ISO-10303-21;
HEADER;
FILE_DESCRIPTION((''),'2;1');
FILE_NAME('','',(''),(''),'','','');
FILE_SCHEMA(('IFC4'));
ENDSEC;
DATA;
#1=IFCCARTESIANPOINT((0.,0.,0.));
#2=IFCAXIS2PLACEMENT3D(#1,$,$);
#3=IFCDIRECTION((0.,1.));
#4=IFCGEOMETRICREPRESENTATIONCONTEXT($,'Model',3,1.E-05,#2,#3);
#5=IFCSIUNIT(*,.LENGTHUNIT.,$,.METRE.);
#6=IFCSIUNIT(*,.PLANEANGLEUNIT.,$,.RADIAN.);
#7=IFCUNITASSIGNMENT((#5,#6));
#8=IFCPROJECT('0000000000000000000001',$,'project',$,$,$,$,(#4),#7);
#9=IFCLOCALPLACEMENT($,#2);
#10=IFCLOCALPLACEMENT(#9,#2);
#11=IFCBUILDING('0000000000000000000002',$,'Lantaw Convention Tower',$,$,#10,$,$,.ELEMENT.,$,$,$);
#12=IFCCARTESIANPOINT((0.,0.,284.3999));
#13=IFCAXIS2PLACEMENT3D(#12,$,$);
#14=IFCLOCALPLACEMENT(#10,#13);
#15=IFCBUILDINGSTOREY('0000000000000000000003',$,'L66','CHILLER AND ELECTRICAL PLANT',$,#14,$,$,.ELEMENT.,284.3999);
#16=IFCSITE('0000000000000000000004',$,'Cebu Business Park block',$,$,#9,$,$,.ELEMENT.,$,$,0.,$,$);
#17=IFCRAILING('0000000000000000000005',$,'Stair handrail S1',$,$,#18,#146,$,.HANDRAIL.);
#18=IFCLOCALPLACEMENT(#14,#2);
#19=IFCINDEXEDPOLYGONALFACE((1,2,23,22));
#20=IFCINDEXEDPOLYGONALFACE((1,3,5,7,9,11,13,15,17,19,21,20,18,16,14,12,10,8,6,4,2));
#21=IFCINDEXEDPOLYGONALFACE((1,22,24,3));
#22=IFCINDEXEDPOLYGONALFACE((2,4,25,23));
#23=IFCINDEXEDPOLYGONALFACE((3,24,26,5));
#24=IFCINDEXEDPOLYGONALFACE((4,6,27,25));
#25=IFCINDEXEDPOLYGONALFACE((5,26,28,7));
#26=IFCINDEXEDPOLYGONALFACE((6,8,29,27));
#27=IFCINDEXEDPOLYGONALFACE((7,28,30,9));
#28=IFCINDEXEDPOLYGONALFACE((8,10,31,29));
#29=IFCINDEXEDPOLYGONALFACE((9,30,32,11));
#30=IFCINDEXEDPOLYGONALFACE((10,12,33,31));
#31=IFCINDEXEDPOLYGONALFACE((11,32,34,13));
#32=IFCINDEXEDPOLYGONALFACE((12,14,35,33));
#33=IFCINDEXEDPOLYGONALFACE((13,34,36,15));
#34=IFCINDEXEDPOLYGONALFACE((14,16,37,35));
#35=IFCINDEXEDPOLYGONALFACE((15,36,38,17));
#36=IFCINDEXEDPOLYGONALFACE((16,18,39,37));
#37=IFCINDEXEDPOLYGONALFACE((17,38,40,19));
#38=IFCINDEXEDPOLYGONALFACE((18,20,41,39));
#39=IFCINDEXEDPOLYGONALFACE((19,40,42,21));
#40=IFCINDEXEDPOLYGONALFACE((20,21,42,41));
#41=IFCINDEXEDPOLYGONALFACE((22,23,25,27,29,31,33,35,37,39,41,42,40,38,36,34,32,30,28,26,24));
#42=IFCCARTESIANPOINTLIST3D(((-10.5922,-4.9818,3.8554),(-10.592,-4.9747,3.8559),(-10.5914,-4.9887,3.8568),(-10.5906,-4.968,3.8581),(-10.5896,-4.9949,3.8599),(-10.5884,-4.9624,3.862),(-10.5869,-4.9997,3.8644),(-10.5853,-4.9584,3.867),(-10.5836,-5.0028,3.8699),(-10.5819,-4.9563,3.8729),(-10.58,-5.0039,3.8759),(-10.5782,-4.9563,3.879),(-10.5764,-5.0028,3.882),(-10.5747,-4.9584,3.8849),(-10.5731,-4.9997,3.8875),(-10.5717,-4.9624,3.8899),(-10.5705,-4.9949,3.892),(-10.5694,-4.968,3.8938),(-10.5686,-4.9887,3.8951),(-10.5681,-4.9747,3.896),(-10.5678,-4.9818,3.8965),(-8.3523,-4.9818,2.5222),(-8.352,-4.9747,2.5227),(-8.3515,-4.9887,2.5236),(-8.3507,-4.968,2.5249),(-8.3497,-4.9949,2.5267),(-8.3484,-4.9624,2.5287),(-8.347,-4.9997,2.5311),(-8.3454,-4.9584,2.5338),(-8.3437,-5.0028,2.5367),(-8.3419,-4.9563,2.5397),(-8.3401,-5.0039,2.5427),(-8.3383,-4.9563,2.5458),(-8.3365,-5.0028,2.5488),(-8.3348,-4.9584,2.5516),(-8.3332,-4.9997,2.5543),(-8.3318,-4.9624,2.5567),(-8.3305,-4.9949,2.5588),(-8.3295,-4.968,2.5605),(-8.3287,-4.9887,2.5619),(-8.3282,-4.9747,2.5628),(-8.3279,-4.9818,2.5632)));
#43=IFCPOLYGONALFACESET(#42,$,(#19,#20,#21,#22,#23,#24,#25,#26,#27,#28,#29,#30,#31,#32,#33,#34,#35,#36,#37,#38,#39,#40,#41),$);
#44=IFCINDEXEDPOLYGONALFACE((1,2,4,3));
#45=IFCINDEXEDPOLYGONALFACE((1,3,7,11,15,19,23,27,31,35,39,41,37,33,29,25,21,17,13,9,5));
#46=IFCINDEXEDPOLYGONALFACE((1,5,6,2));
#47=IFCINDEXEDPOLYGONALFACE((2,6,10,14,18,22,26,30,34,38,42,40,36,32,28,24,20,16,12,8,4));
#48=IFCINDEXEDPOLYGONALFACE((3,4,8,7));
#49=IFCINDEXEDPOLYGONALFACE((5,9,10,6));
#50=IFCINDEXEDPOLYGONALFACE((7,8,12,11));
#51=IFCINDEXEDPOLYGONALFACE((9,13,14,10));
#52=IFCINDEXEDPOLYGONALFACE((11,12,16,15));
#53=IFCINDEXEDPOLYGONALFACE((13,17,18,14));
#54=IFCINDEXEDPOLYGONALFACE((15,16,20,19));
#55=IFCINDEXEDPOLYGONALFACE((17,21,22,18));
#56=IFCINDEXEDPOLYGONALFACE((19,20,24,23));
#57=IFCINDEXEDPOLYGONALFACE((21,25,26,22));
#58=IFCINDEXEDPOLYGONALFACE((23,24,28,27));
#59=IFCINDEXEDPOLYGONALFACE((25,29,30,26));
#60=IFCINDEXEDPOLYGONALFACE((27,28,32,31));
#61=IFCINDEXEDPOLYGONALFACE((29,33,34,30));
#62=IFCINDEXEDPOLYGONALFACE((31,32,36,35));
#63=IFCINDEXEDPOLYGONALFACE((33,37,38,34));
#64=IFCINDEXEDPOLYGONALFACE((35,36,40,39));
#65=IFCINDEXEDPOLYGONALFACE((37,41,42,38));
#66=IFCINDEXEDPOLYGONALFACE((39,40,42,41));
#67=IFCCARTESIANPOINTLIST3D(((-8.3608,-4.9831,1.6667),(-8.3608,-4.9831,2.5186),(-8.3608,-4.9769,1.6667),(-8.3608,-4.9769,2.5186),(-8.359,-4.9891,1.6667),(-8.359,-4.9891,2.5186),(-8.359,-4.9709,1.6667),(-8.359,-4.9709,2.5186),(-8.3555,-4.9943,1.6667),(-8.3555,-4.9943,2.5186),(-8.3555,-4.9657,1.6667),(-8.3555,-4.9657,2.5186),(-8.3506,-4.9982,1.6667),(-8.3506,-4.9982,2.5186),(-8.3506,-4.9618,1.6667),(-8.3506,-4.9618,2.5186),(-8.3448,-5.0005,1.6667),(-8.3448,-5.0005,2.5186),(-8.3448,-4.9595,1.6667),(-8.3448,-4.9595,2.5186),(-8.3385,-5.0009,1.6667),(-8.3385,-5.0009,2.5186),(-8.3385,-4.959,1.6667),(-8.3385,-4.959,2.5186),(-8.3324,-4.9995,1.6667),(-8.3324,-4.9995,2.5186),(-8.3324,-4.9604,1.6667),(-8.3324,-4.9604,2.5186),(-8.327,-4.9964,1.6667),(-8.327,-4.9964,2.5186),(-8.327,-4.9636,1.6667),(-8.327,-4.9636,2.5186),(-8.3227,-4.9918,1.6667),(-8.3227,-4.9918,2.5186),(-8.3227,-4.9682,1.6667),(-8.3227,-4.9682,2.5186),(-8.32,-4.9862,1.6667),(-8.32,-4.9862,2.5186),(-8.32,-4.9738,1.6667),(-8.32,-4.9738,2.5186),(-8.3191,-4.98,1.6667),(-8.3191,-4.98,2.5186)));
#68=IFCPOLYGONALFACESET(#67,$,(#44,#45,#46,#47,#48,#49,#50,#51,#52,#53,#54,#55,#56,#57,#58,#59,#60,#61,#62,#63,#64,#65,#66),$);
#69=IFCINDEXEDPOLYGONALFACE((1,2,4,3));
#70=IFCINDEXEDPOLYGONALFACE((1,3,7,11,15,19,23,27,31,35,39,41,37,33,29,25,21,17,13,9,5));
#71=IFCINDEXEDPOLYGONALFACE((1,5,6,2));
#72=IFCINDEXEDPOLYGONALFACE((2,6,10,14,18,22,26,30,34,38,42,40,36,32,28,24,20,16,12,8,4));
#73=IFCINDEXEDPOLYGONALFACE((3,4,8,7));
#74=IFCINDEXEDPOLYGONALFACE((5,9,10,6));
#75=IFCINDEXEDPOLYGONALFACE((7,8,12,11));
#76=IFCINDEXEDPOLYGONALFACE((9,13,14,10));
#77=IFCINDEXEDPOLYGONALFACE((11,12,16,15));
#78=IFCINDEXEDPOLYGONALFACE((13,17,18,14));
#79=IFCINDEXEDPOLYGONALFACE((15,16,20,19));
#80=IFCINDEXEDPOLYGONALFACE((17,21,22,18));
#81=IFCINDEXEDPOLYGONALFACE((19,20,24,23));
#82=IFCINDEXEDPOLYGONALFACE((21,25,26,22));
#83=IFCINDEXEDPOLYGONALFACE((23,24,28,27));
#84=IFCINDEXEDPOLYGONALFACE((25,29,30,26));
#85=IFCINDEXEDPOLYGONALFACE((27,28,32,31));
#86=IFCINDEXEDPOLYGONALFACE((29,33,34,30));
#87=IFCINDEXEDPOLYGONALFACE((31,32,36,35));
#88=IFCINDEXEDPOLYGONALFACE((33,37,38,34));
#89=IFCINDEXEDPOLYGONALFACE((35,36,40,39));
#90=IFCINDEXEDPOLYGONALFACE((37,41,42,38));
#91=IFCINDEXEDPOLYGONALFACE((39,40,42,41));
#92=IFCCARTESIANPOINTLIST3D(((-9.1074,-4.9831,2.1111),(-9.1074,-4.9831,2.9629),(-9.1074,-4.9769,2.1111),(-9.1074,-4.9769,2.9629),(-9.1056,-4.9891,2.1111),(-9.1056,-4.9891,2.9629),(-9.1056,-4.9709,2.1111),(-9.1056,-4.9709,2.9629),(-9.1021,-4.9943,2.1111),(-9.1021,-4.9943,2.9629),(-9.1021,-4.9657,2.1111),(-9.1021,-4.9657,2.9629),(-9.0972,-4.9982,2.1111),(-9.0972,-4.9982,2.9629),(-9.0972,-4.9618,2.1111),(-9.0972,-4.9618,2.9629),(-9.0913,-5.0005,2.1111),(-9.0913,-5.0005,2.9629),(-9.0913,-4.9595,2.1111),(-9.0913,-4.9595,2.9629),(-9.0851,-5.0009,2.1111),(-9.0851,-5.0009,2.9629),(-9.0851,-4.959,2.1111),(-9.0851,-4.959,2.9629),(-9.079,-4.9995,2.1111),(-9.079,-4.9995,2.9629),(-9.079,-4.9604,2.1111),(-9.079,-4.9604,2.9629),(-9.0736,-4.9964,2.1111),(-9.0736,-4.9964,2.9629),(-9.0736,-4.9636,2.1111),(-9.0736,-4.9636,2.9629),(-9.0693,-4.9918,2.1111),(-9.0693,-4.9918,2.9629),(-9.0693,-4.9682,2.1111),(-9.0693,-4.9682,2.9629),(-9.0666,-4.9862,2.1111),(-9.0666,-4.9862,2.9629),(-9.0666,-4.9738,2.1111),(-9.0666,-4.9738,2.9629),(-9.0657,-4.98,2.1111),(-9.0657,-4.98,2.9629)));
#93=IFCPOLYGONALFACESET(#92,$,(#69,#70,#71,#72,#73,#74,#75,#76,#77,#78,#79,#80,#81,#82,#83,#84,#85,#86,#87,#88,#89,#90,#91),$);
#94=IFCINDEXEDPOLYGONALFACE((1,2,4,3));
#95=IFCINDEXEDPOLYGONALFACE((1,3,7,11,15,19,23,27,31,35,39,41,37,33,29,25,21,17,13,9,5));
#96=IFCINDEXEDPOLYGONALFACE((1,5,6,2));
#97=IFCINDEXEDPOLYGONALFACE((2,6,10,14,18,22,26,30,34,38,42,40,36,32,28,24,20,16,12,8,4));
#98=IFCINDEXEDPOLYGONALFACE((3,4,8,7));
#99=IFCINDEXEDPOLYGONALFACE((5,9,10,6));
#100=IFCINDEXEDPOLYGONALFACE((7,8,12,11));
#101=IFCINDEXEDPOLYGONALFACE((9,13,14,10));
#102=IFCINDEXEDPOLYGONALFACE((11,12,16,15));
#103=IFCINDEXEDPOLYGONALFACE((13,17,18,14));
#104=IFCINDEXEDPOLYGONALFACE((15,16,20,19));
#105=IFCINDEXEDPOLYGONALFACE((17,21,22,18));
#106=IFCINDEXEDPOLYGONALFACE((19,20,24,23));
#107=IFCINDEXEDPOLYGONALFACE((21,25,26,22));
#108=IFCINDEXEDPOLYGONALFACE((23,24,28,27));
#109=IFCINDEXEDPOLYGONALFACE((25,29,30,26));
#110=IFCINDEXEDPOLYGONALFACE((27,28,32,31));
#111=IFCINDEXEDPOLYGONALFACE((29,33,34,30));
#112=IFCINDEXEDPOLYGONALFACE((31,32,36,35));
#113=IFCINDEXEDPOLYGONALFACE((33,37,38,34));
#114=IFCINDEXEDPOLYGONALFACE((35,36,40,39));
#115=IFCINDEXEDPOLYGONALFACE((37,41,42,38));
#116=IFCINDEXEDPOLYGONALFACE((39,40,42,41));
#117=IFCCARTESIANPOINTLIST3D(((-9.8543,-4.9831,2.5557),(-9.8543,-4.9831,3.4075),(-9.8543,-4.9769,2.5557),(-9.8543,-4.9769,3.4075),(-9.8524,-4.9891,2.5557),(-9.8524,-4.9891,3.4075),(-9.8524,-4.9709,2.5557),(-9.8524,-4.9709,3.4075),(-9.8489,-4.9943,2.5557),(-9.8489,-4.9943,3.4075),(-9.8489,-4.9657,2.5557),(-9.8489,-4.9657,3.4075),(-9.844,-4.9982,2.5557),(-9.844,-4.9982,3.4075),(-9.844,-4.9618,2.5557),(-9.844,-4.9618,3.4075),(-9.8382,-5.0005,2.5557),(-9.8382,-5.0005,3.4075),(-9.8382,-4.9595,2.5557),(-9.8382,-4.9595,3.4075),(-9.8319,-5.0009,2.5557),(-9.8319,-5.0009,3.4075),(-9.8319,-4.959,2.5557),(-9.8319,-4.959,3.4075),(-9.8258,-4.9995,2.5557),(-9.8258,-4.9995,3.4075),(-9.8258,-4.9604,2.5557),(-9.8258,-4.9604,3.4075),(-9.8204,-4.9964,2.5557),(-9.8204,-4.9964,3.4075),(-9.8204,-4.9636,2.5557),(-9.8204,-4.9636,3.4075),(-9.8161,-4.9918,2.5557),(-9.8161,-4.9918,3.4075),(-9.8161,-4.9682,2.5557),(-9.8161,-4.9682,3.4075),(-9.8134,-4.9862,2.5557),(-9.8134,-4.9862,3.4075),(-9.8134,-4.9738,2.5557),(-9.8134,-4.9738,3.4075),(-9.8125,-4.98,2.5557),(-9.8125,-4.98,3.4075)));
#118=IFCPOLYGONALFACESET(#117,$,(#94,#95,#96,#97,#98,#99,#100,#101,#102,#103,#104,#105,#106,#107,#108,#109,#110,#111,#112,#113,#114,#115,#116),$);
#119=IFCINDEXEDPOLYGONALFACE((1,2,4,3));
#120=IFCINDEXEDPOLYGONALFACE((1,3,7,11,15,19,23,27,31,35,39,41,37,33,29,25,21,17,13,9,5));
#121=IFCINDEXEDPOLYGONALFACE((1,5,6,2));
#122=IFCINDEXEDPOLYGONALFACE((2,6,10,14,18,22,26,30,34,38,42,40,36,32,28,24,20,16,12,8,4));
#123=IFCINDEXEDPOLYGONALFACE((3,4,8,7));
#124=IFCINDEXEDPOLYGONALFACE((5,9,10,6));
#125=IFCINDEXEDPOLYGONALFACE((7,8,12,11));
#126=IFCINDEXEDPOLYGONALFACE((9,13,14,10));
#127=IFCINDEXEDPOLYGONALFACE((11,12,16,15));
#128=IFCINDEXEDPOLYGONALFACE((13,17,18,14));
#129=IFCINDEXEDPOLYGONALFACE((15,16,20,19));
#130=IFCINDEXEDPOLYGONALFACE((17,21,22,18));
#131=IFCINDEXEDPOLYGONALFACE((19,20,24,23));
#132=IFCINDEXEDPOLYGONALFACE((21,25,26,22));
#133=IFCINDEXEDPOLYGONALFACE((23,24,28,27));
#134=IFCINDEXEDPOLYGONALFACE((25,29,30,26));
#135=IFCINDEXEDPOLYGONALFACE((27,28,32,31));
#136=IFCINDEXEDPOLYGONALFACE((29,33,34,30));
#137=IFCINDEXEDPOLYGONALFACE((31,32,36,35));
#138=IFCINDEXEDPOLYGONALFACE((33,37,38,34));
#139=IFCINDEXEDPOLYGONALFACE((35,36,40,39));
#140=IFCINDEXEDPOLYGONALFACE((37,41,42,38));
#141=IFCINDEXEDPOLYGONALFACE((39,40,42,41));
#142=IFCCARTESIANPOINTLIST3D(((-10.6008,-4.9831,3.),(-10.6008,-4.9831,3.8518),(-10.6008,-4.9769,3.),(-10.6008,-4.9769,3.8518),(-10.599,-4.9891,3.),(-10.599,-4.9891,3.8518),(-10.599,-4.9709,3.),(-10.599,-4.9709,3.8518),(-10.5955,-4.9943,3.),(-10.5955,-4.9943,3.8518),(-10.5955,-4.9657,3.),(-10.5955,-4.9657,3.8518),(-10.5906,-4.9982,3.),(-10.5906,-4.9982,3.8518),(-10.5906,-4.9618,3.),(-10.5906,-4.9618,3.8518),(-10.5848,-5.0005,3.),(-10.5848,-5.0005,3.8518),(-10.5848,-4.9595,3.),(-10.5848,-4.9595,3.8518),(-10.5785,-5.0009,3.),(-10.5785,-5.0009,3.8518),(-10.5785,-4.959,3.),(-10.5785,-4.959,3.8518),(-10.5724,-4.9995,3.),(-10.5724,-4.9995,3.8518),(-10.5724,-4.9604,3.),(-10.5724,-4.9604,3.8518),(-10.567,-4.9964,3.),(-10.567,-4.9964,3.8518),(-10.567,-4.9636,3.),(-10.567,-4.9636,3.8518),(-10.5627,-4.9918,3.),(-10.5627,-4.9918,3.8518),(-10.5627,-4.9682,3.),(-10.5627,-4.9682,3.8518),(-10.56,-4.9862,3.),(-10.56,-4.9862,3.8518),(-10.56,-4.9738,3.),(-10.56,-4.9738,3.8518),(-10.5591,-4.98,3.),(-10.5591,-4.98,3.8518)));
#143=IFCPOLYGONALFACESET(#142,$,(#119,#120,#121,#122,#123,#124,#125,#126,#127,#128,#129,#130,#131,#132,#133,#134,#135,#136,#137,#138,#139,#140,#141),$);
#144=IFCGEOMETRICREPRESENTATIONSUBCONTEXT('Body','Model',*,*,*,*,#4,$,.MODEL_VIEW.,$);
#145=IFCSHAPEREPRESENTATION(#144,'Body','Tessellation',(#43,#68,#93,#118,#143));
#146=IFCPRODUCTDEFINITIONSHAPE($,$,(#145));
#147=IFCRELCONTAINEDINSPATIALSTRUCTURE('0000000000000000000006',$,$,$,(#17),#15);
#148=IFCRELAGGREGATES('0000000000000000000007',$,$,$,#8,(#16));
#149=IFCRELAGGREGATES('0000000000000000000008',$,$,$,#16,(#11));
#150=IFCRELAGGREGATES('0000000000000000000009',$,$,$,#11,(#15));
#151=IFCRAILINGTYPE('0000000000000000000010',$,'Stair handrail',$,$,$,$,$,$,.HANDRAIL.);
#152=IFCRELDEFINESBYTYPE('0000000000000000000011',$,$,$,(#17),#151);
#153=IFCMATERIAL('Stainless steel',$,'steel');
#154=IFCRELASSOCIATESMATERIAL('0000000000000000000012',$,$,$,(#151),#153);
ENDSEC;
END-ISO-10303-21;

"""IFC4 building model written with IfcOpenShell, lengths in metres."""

from ifc_helpers import new_model, si_unit, direction, frame, origin, origin_2d, place, context, subcontext, project, spatial, circle, extrude, material, type_object, element, save


model = new_model("IFC4")

# Units and contexts
model_context = context("Model", 3, precision=1e-05, world=origin(), true_north=direction((0.0, 1.0)))
body_context = subcontext(model_context, "Body", "Model", "MODEL_VIEW")
ifc_project = project(units=[si_unit("LENGTHUNIT", "METRE"), si_unit("PLANEANGLEUNIT", "RADIAN")], contexts=[model_context])

# Site, building, storey
site_placement = place(None, origin())
site = spatial("IfcSite", under=ifc_project, at=site_placement, Name="Cebu Business Park block", CompositionType="ELEMENT", RefElevation=0.0)
building_placement = place(site_placement, origin())
building = spatial("IfcBuilding", under=site, at=building_placement, Name="Lantaw Convention Tower", CompositionType="ELEMENT")
storey_placement = place(building_placement, frame((0.0, 0.0, 284.3999)))
storey = spatial("IfcBuildingStorey", under=building, at=storey_placement, Name="L66", Description="CHILLER AND ELECTRICAL PLANT", CompositionType="ELEMENT", Elevation=284.3999)

# Railing
ifc_material_1 = material(Name="Stainless steel", Category="steel")
railing_type = type_object("IfcRailingType", Name="Stair handrail", PredefinedType="HANDRAIL", material=ifc_material_1)
railing_1_placement = place(storey_placement, frame((-8.3401, -4.98, 1.6667)))
element("IfcRailing", 1, at=railing_1_placement, inside=storey, type_object=railing_type, Name="Stair handrail S1", PredefinedType="HANDRAIL", context=body_context, shape_type="SweptSolid", body=[
    extrude(circle(Radius=0.0239, at=origin_2d()), frame((0.0, 0.0, 0.876), z_axis=(-0.859306, 0.0, 0.511462), x_axis=(0.0, -1.0, 0.0)), (0.0, 0.0, 1.0), 2.6067),
    extrude(circle(Radius=0.021, at=origin_2d()), origin(), (0.0, 0.0, 1.0), 0.8518),
    extrude(circle(Radius=0.021, at=origin_2d()), frame((-0.7466, 0.0, 0.4443)), (0.0, 0.0, 1.0), 0.8518),
    extrude(circle(Radius=0.021, at=origin_2d()), frame((-1.4934, 0.0, 0.8889)), (0.0, 0.0, 1.0), 0.8518),
    extrude(circle(Radius=0.021, at=origin_2d()), frame((-2.24, 0.0, 1.3333)), (0.0, 0.0, 1.0), 0.8518),
])

save(model, "model.ifc")
